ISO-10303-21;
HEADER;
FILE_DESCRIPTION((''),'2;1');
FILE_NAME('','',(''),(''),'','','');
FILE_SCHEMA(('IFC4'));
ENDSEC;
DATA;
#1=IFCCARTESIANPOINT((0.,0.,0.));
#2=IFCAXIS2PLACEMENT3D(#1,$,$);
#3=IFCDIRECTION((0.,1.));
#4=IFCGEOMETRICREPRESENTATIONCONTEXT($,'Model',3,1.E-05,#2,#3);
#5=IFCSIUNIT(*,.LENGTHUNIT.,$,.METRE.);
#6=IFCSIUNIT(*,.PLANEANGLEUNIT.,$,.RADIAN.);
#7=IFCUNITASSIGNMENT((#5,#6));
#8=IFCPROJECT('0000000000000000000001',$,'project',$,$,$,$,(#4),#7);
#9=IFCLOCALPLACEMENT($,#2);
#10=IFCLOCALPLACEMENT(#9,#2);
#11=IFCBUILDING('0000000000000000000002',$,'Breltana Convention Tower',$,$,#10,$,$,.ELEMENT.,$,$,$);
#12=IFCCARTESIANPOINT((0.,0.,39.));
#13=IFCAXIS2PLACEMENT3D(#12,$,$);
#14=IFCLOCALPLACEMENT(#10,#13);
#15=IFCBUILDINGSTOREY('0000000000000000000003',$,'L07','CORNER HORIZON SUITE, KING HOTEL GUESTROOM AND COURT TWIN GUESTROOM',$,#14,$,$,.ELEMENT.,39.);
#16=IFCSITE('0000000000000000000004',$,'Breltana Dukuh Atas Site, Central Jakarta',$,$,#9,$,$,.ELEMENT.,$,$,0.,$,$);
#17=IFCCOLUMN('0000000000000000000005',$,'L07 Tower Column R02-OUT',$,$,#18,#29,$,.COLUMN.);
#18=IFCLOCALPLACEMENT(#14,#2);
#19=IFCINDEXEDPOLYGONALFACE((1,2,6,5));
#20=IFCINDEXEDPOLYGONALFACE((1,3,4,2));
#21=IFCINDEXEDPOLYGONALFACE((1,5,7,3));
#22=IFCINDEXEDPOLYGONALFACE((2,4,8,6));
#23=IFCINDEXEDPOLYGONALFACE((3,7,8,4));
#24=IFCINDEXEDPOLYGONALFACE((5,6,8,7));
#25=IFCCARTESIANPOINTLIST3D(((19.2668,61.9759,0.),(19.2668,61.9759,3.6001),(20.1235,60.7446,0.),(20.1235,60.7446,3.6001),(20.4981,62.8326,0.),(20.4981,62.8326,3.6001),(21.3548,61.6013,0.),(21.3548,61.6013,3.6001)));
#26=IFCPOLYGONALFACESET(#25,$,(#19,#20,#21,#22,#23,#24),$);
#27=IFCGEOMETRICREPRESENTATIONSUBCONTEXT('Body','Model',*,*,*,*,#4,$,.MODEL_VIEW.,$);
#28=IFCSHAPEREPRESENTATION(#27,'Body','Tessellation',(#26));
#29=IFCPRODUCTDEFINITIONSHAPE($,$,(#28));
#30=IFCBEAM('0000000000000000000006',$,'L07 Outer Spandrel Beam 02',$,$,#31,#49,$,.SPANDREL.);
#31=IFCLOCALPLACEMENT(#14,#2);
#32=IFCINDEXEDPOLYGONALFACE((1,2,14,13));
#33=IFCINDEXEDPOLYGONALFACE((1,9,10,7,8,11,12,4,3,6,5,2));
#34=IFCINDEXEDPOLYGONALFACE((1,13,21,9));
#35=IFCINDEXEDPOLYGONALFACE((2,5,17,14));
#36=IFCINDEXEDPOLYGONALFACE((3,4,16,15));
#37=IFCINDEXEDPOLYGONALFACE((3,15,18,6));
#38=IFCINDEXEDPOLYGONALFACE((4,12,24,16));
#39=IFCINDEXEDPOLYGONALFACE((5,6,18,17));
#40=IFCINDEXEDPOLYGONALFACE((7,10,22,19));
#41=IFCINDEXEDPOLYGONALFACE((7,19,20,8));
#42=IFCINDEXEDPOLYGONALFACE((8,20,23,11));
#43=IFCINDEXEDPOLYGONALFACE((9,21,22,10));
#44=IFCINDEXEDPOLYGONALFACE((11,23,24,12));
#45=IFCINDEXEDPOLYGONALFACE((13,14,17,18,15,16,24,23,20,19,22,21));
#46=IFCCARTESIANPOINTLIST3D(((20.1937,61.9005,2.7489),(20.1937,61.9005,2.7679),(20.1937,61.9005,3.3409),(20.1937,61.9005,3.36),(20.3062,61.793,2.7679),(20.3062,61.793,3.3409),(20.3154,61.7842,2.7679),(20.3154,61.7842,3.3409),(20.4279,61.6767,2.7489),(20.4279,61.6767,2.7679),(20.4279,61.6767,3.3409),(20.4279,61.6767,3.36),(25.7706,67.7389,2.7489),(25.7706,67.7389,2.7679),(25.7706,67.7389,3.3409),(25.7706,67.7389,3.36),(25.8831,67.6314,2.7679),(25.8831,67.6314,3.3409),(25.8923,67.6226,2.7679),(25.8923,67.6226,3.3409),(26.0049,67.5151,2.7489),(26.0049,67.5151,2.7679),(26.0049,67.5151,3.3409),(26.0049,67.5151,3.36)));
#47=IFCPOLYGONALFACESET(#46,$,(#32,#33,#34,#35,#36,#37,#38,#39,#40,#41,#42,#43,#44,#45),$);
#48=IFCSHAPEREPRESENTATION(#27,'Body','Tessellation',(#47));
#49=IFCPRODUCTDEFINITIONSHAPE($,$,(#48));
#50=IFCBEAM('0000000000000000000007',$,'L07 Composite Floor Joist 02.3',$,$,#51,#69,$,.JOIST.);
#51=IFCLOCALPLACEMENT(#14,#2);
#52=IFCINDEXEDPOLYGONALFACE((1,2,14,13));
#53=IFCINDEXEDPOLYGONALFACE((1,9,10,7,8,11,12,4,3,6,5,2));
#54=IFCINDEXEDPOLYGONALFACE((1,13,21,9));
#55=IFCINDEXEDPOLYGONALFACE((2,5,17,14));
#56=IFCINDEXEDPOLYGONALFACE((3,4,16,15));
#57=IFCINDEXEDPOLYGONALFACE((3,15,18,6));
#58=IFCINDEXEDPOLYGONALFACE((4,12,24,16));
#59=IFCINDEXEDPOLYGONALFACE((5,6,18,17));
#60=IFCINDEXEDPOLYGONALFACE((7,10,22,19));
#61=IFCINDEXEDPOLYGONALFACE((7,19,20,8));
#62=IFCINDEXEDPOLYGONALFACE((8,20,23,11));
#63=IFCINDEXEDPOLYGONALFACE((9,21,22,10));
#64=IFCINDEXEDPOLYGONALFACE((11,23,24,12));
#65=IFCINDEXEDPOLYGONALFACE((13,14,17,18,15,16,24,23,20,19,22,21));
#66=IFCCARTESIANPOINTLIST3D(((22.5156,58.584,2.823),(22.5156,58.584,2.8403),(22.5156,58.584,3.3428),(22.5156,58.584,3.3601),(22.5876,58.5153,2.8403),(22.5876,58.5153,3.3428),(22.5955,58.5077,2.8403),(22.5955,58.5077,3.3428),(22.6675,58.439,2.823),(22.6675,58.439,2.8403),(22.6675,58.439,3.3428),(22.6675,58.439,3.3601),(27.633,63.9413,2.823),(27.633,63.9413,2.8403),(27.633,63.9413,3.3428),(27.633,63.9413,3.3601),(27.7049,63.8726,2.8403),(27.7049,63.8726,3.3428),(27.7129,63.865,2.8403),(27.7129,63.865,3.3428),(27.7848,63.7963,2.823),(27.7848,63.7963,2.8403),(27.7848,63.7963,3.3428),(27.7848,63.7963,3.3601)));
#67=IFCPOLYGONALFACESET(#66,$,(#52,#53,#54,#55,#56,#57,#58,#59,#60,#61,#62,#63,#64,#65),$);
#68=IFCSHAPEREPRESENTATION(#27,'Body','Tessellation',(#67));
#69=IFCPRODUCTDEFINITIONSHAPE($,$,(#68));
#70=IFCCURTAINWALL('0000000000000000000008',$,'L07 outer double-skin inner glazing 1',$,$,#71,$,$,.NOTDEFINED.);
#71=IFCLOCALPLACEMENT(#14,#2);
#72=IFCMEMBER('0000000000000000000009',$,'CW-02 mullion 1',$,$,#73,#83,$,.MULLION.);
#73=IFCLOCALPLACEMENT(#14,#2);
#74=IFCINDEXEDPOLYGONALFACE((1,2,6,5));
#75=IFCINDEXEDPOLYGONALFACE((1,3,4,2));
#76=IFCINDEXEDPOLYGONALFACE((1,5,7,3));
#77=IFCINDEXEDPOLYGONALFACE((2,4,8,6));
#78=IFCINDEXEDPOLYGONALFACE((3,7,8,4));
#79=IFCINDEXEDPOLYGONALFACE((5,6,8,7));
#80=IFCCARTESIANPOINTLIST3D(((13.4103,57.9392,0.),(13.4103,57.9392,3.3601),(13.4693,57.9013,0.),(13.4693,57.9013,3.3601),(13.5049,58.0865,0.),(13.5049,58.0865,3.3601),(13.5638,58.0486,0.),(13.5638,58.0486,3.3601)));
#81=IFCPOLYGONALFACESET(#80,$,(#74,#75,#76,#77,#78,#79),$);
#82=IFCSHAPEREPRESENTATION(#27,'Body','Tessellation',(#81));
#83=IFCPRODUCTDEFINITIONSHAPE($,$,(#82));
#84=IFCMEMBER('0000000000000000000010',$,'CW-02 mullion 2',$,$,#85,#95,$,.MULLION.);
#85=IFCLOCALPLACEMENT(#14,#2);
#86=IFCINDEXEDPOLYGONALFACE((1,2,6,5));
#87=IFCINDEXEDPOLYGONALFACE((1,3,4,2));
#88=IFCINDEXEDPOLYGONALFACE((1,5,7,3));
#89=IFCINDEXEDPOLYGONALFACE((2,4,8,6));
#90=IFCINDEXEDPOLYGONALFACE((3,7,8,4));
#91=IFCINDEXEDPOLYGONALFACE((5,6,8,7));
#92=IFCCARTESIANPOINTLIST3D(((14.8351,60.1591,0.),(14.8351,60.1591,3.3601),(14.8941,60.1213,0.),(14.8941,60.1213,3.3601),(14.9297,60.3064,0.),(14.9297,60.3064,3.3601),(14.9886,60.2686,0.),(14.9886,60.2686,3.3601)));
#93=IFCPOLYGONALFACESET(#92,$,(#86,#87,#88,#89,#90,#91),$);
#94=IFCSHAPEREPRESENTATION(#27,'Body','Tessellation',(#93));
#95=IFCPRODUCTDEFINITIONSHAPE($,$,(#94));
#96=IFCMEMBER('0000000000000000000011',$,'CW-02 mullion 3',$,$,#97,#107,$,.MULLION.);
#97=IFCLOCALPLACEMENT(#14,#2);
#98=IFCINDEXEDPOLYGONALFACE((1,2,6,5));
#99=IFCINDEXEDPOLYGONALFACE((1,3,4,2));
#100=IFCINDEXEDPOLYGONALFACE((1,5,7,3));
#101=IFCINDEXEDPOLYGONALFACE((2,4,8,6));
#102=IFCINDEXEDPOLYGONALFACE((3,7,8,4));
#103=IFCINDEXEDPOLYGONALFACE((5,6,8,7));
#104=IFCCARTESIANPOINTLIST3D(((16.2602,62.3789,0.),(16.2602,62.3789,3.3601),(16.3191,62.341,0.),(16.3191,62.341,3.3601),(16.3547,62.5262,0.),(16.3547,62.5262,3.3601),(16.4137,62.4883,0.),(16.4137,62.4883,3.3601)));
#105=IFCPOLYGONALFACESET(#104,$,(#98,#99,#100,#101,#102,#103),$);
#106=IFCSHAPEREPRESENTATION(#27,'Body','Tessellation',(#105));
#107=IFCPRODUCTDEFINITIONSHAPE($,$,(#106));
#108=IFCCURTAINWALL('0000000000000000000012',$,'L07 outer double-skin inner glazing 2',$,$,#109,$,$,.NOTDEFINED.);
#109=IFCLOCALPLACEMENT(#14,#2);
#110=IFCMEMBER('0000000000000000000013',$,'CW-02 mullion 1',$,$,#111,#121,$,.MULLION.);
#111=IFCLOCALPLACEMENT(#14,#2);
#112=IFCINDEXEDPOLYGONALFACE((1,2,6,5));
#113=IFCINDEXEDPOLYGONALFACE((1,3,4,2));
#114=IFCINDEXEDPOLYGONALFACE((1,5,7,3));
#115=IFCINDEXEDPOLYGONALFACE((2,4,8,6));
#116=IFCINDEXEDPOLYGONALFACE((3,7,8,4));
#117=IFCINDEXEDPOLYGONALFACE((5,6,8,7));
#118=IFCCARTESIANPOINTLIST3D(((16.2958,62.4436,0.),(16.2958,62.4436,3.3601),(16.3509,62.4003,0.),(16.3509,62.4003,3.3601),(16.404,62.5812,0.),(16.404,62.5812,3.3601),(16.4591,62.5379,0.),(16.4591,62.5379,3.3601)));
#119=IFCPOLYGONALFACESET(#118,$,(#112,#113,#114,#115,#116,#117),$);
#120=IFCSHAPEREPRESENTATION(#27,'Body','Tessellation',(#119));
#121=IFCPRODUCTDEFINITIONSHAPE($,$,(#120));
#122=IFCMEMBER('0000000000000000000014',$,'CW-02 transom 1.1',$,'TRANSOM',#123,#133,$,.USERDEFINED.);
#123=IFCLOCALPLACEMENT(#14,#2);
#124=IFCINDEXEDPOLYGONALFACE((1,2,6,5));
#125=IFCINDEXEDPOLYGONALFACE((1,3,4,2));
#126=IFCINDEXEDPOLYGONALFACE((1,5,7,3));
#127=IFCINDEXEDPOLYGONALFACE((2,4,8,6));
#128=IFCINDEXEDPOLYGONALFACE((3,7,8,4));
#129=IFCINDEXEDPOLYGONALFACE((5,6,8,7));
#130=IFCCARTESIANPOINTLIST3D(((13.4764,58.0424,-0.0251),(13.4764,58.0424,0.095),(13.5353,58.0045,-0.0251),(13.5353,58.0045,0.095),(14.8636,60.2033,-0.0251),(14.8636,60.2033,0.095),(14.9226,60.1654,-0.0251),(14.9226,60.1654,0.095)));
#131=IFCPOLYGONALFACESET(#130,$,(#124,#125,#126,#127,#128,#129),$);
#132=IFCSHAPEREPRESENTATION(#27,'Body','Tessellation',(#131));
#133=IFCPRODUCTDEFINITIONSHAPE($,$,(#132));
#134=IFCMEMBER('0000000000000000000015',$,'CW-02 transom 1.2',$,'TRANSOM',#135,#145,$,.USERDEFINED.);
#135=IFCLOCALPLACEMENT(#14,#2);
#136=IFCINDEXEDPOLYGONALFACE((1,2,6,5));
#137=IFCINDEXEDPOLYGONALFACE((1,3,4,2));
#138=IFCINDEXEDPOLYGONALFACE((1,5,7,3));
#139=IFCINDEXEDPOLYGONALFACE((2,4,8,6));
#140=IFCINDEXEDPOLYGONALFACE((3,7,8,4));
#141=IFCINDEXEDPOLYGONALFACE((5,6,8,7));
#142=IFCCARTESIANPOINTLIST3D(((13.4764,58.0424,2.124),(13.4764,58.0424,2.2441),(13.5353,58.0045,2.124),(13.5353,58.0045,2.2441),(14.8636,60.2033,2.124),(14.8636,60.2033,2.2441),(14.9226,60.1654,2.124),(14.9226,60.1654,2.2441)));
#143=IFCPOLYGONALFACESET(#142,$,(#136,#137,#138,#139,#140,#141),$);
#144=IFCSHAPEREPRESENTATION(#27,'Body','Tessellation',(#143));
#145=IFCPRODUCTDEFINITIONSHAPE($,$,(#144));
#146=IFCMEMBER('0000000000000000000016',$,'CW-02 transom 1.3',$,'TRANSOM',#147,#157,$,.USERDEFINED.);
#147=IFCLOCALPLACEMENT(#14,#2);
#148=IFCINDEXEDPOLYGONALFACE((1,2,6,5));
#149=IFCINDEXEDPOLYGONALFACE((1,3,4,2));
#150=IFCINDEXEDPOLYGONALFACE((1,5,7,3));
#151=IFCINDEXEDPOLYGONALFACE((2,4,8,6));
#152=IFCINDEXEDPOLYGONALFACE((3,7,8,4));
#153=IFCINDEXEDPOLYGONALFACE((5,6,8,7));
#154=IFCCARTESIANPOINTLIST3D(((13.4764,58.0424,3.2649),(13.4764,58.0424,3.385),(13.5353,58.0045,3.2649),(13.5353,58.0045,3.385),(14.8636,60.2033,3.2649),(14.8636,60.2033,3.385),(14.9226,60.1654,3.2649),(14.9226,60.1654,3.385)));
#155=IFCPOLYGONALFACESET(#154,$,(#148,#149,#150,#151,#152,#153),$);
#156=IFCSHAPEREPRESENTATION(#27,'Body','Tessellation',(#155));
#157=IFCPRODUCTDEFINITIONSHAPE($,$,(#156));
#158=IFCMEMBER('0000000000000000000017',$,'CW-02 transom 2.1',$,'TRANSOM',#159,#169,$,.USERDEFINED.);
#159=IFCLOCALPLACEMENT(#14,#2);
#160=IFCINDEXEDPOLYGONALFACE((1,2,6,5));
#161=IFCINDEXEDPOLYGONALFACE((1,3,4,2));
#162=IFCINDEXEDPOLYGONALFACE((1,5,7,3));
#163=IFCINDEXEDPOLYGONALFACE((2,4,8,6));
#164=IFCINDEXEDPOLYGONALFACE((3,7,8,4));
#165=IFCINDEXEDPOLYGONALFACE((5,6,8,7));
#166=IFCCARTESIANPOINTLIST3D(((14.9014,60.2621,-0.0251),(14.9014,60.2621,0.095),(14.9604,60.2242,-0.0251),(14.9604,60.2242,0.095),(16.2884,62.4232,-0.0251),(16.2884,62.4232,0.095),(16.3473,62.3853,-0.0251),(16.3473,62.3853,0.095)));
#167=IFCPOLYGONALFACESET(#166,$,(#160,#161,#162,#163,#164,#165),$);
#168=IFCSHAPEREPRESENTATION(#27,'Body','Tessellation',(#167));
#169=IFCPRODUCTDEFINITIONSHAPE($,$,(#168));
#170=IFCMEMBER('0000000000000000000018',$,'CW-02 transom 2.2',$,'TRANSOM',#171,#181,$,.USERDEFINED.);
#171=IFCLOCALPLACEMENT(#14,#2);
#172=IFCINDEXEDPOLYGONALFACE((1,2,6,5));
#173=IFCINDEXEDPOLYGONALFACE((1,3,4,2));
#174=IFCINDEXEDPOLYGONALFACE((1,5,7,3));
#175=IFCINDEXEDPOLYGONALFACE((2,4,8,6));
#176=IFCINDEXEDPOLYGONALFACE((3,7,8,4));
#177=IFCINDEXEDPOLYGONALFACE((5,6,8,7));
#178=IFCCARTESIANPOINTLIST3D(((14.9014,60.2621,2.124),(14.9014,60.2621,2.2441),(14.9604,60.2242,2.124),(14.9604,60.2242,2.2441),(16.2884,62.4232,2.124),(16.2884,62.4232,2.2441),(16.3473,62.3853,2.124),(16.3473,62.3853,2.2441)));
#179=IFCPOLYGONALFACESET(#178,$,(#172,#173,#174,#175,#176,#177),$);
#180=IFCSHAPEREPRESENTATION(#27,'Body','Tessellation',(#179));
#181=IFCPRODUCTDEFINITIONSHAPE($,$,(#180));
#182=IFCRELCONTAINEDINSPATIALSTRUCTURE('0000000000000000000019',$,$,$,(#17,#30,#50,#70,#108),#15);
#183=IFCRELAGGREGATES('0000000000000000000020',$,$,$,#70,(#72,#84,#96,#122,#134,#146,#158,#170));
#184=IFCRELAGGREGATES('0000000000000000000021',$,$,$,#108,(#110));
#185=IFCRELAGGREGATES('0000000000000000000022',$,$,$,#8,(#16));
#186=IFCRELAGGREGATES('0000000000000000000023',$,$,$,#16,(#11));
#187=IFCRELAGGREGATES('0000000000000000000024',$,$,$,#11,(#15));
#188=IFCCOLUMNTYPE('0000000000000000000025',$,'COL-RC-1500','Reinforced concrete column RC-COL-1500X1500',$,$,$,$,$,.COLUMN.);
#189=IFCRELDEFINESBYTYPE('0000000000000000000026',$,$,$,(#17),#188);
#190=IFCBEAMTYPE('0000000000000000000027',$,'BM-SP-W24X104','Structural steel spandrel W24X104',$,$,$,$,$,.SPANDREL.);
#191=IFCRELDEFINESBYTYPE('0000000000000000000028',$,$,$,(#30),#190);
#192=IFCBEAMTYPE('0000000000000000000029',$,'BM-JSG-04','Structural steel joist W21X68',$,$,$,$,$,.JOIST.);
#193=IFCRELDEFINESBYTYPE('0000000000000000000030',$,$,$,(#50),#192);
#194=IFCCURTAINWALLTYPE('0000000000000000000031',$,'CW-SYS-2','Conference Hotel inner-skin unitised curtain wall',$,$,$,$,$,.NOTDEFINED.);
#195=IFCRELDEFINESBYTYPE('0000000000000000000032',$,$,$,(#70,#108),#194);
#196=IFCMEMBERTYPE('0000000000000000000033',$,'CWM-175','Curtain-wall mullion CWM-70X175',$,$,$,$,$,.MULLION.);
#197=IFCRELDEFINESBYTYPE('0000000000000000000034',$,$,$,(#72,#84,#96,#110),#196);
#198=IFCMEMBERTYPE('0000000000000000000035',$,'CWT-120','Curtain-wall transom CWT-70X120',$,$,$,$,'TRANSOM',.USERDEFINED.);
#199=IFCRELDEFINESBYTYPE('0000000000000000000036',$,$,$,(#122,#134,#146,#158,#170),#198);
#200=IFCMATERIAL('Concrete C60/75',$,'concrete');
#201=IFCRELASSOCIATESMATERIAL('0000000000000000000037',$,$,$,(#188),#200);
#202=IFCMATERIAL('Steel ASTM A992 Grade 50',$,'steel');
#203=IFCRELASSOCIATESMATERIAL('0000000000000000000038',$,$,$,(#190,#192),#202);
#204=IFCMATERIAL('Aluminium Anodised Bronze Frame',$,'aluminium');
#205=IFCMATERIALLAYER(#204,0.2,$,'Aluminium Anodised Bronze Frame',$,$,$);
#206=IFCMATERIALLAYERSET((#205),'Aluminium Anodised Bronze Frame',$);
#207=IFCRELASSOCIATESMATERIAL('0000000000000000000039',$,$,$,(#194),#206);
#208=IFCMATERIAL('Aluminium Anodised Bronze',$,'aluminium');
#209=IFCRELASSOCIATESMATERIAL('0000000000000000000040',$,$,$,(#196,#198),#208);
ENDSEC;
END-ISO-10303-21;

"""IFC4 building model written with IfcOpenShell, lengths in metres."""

from ifc_helpers import new_model, si_unit, direction, frame, origin, origin_2d, place, context, subcontext, project, spatial, rectangle, i_section, extrude, source, transform, mapped, material, layer, layer_set, material_profile, profile_set, type_object, type_shapes, element, aggregate, save


model = new_model("IFC4")

# Units and contexts
model_context = context("Model", 3, precision=1e-05, world=origin(), true_north=direction((0.0, 1.0)))
body_context = subcontext(model_context, "Body", "Model", "MODEL_VIEW")
ifc_project = project(units=[si_unit("LENGTHUNIT", "METRE"), si_unit("PLANEANGLEUNIT", "RADIAN")], contexts=[model_context])

# Site, building, storey
site_placement = place(None, origin())
site = spatial("IfcSite", under=ifc_project, at=site_placement, Name="Breltana Dukuh Atas Site, Central Jakarta", CompositionType="ELEMENT", RefElevation=0.0)
building_placement = place(site_placement, origin())
building = spatial("IfcBuilding", under=site, at=building_placement, Name="Breltana Convention Tower", CompositionType="ELEMENT")
storey_placement = place(building_placement, frame((0.0, 0.0, 39.0)))
storey = spatial("IfcBuildingStorey", under=building, at=storey_placement, Name="L07", Description="CORNER HORIZON SUITE, KING HOTEL GUESTROOM AND COURT TWIN GUESTROOM", CompositionType="ELEMENT", Elevation=39.0)

# Column
ifc_material_1 = material(Name="Concrete C60/75", Category="concrete")
ifc_material_profile_1 = material_profile(ifc_material_1, rectangle(XDim=1.5, YDim=1.5, at=origin_2d()), Name="RC-COL-1500X1500")
ifc_profile_set_1 = profile_set([ifc_material_profile_1], Name="Concrete C60/75")
column_type = type_object("IfcColumnType", Name="COL-RC-1500", Description="Reinforced concrete column RC-COL-1500X1500", PredefinedType="COLUMN", material=ifc_profile_set_1)
shared_shape_1 = source(origin(), body_context, "Body", "SweptSolid", [
    extrude(rectangle(XDim=1.5, YDim=1.5, at=origin_2d()), origin(), (0.0, 0.0, 1.0), 3.6001),
])
column_placement = place(storey_placement, frame((20.3108, 61.7886, 0.0), z_axis=(0.0, 0.0, 1.0), x_axis=(-0.571143, 0.82085, 0.0)))
element("IfcColumn", 1, at=column_placement, inside=storey, type_object=column_type, Name="L07 Tower Column R02-OUT", PredefinedType="COLUMN", context=body_context, shape_type="MappedRepresentation", body=[
    mapped(shared_shape_1, transform((0.0, 0.0, 0.0), scale=1.0)),
])

# Beams
ifc_material_2 = material(Name="Steel ASTM A992 Grade 50", Category="steel")
ifc_material_profile_2 = material_profile(ifc_material_2, i_section(OverallWidth=0.324, OverallDepth=0.6111, WebThickness=0.0127, FlangeThickness=0.019, at=origin_2d()), Name="W24X104")
ifc_profile_set_2 = profile_set([ifc_material_profile_2], Name="Steel ASTM A992 Grade 50")
beam_type_1 = type_object("IfcBeamType", Name="BM-SP-W24X104", Description="Structural steel spandrel W24X104", PredefinedType="SPANDREL", material=ifc_profile_set_2)
shared_shape_2 = source(origin(), body_context, "Body", "SweptSolid", [
    extrude(i_section(OverallWidth=0.324, OverallDepth=0.6111, WebThickness=0.0127, FlangeThickness=0.019, at=origin_2d()), origin(), (0.0, 0.0, 1.0), 8.074),
])
beam_1_placement = place(storey_placement, frame((20.3108, 61.7886, 3.0544), z_axis=(0.690729, 0.723114, 0.0), x_axis=(-0.723114, 0.690729, 0.0)))
element("IfcBeam", 2, at=beam_1_placement, inside=storey, type_object=beam_type_1, Name="L07 Outer Spandrel Beam 02", PredefinedType="SPANDREL", context=body_context, shape_type="MappedRepresentation", body=[
    mapped(shared_shape_2, transform((0.0, 0.0, 0.0), scale=1.0)),
])
ifc_material_profile_3 = material_profile(ifc_material_2, i_section(OverallWidth=0.21, OverallDepth=0.5371, WebThickness=0.011, FlangeThickness=0.0173, at=origin_2d()), Name="W21X68")
ifc_profile_set_3 = profile_set([ifc_material_profile_3], Name="Steel ASTM A992 Grade 50")
beam_type_2 = type_object("IfcBeamType", Name="BM-JSG-04", Description="Structural steel joist W21X68", PredefinedType="JOIST", material=ifc_profile_set_3)
shared_shape_3 = source(origin(), body_context, "Body", "SweptSolid", [
    extrude(i_section(OverallWidth=0.21, OverallDepth=0.5371, WebThickness=0.011, FlangeThickness=0.0173, at=origin_2d()), origin(), (0.0, 0.0, 1.0), 7.4087),
])
beam_2_placement = place(storey_placement, frame((22.5916, 58.5115, 3.0916), z_axis=(0.690725, 0.723118, 0.0), x_axis=(-0.723118, 0.690725, 0.0)))
element("IfcBeam", 3, at=beam_2_placement, inside=storey, type_object=beam_type_2, Name="L07 Composite Floor Joist 02.3", PredefinedType="JOIST", context=body_context, shape_type="MappedRepresentation", body=[
    mapped(shared_shape_3, transform((0.0, 0.0, 0.0), scale=1.0)),
])

# Curtain wall, members
ifc_material_3 = material(Name="Aluminium Anodised Bronze Frame", Category="aluminium")
ifc_layer_1 = layer(ifc_material_3, 0.2, Name="Aluminium Anodised Bronze Frame")
ifc_layer_set_1 = layer_set([ifc_layer_1], Name="Aluminium Anodised Bronze Frame")
curtain_wall_type = type_object("IfcCurtainWallType", Name="CW-SYS-2", Description="Conference Hotel inner-skin unitised curtain wall", PredefinedType="NOTDEFINED", material=ifc_layer_set_1)
curtain_wall_1_placement = place(storey_placement, origin())
curtain_wall_1 = element("IfcCurtainWall", 4, at=curtain_wall_1_placement, inside=storey, type_object=curtain_wall_type, Name="L07 outer double-skin inner glazing 1", PredefinedType="NOTDEFINED")
ifc_material_4 = material(Name="Aluminium Anodised Bronze", Category="aluminium")
ifc_material_profile_4 = material_profile(ifc_material_4, rectangle(XDim=0.0701, YDim=0.175, at=origin_2d()), Name="CWM-70X175")
ifc_profile_set_4 = profile_set([ifc_material_profile_4], Name="Aluminium Anodised Bronze")
member_type_1 = type_object("IfcMemberType", Name="CWM-175", Description="Curtain-wall mullion CWM-70X175", PredefinedType="MULLION", material=ifc_profile_set_4)
shared_shape_4 = source(origin(), body_context, "Body", "SweptSolid", [
    extrude(rectangle(XDim=0.0701, YDim=0.175, at=origin_2d()), origin(), (0.0, 0.0, 1.0), 3.3601),
])
type_shapes(member_type_1, [shared_shape_4])
member_1_placement = place(storey_placement, frame((13.4871, 57.9939, 0.0), z_axis=(0.0, 0.0, 1.0), x_axis=(-0.841549, 0.540181, 0.0)))
member_1 = element("IfcMember", 5, at=member_1_placement, type_object=member_type_1, Name="CW-02 mullion 1", PredefinedType="MULLION", context=body_context, shape_type="MappedRepresentation", body=[
    mapped(shared_shape_4, transform((0.0, 0.0, 0.0), scale=1.0)),
])
member_2_placement = place(storey_placement, frame((14.9119, 60.2139, 0.0), z_axis=(0.0, 0.0, 1.0), x_axis=(-0.841549, 0.540181, 0.0)))
member_2 = element("IfcMember", 6, at=member_2_placement, type_object=member_type_1, Name="CW-02 mullion 2", PredefinedType="MULLION", context=body_context, shape_type="MappedRepresentation", body=[
    mapped(shared_shape_4, transform((0.0, 0.0, 0.0), scale=1.0)),
])
member_3_placement = place(storey_placement, frame((16.3369, 62.4336, 0.0), z_axis=(0.0, 0.0, 1.0), x_axis=(-0.841549, 0.540181, 0.0)))
member_3 = element("IfcMember", 7, at=member_3_placement, type_object=member_type_1, Name="CW-02 mullion 3", PredefinedType="MULLION", context=body_context, shape_type="MappedRepresentation", body=[
    mapped(shared_shape_4, transform((0.0, 0.0, 0.0), scale=1.0)),
])

# Curtain wall, member
curtain_wall_2_placement = place(storey_placement, origin())
curtain_wall_2 = element("IfcCurtainWall", 8, at=curtain_wall_2_placement, inside=storey, type_object=curtain_wall_type, Name="L07 outer double-skin inner glazing 2", PredefinedType="NOTDEFINED")
member_4_placement = place(storey_placement, frame((16.3774, 62.4907, 0.0), z_axis=(0.0, 0.0, 1.0), x_axis=(-0.786057, 0.618154, 0.0)))
member_4 = element("IfcMember", 9, at=member_4_placement, type_object=member_type_1, Name="CW-02 mullion 1", PredefinedType="MULLION", context=body_context, shape_type="MappedRepresentation", body=[
    mapped(shared_shape_4, transform((0.0, 0.0, 0.0), scale=1.0)),
])

# Members
ifc_material_profile_5 = material_profile(ifc_material_4, rectangle(XDim=0.0701, YDim=0.1201, at=origin_2d()), Name="CWT-70X120")
ifc_profile_set_5 = profile_set([ifc_material_profile_5], Name="Aluminium Anodised Bronze")
member_type_2 = type_object("IfcMemberType", Name="CWT-120", Description="Curtain-wall transom CWT-70X120", ElementType="TRANSOM", PredefinedType="USERDEFINED", material=ifc_profile_set_5)
shared_shape_5 = source(origin(), body_context, "Body", "SweptSolid", [
    extrude(rectangle(XDim=0.0701, YDim=0.1201, at=origin_2d()), origin(), (0.0, 0.0, 1.0), 2.5679),
])
type_shapes(member_type_2, [shared_shape_5])
member_5_placement = place(storey_placement, frame((13.5059, 58.0234, 0.0349), z_axis=(0.540224, 0.841521, 0.0), x_axis=(-0.841521, 0.540224, 0.0)))
member_5 = element("IfcMember", 10, at=member_5_placement, type_object=member_type_2, Name="CW-02 transom 1.1", ObjectType="TRANSOM", PredefinedType="USERDEFINED", context=body_context, shape_type="MappedRepresentation", body=[
    mapped(shared_shape_5, transform((0.0, 0.0, 0.0), scale=1.0)),
])
member_6_placement = place(storey_placement, frame((13.5059, 58.0234, 2.1841), z_axis=(0.540224, 0.841521, 0.0), x_axis=(-0.841521, 0.540224, 0.0)))
member_6 = element("IfcMember", 11, at=member_6_placement, type_object=member_type_2, Name="CW-02 transom 1.2", ObjectType="TRANSOM", PredefinedType="USERDEFINED", context=body_context, shape_type="MappedRepresentation", body=[
    mapped(shared_shape_5, transform((0.0, 0.0, 0.0), scale=1.0)),
])
member_7_placement = place(storey_placement, frame((13.5059, 58.0234, 3.325), z_axis=(0.540224, 0.841521, 0.0), x_axis=(-0.841521, 0.540224, 0.0)))
member_7 = element("IfcMember", 12, at=member_7_placement, type_object=member_type_2, Name="CW-02 transom 1.3", ObjectType="TRANSOM", PredefinedType="USERDEFINED", context=body_context, shape_type="MappedRepresentation", body=[
    mapped(shared_shape_5, transform((0.0, 0.0, 0.0), scale=1.0)),
])
member_8_placement = place(storey_placement, frame((14.9309, 60.2432, 0.0349), z_axis=(0.540114, 0.841592, 0.0), x_axis=(-0.841592, 0.540114, 0.0)))
member_8 = element("IfcMember", 13, at=member_8_placement, type_object=member_type_2, Name="CW-02 transom 2.1", ObjectType="TRANSOM", PredefinedType="USERDEFINED", context=body_context, shape_type="MappedRepresentation", body=[
    mapped(shared_shape_5, transform((0.0, 0.0, 0.0), scale=1.0)),
])
member_9_placement = place(storey_placement, frame((14.9309, 60.2432, 2.1841), z_axis=(0.540114, 0.841592, 0.0), x_axis=(-0.841592, 0.540114, 0.0)))
member_9 = element("IfcMember", 14, at=member_9_placement, type_object=member_type_2, Name="CW-02 transom 2.2", ObjectType="TRANSOM", PredefinedType="USERDEFINED", context=body_context, shape_type="MappedRepresentation", body=[
    mapped(shared_shape_5, transform((0.0, 0.0, 0.0), scale=1.0)),
])

aggregate(curtain_wall_1, [member_1, member_2, member_3, member_5, member_6, member_7, member_8, member_9])
aggregate(curtain_wall_2, [member_4])

save(model, "model.ifc")
